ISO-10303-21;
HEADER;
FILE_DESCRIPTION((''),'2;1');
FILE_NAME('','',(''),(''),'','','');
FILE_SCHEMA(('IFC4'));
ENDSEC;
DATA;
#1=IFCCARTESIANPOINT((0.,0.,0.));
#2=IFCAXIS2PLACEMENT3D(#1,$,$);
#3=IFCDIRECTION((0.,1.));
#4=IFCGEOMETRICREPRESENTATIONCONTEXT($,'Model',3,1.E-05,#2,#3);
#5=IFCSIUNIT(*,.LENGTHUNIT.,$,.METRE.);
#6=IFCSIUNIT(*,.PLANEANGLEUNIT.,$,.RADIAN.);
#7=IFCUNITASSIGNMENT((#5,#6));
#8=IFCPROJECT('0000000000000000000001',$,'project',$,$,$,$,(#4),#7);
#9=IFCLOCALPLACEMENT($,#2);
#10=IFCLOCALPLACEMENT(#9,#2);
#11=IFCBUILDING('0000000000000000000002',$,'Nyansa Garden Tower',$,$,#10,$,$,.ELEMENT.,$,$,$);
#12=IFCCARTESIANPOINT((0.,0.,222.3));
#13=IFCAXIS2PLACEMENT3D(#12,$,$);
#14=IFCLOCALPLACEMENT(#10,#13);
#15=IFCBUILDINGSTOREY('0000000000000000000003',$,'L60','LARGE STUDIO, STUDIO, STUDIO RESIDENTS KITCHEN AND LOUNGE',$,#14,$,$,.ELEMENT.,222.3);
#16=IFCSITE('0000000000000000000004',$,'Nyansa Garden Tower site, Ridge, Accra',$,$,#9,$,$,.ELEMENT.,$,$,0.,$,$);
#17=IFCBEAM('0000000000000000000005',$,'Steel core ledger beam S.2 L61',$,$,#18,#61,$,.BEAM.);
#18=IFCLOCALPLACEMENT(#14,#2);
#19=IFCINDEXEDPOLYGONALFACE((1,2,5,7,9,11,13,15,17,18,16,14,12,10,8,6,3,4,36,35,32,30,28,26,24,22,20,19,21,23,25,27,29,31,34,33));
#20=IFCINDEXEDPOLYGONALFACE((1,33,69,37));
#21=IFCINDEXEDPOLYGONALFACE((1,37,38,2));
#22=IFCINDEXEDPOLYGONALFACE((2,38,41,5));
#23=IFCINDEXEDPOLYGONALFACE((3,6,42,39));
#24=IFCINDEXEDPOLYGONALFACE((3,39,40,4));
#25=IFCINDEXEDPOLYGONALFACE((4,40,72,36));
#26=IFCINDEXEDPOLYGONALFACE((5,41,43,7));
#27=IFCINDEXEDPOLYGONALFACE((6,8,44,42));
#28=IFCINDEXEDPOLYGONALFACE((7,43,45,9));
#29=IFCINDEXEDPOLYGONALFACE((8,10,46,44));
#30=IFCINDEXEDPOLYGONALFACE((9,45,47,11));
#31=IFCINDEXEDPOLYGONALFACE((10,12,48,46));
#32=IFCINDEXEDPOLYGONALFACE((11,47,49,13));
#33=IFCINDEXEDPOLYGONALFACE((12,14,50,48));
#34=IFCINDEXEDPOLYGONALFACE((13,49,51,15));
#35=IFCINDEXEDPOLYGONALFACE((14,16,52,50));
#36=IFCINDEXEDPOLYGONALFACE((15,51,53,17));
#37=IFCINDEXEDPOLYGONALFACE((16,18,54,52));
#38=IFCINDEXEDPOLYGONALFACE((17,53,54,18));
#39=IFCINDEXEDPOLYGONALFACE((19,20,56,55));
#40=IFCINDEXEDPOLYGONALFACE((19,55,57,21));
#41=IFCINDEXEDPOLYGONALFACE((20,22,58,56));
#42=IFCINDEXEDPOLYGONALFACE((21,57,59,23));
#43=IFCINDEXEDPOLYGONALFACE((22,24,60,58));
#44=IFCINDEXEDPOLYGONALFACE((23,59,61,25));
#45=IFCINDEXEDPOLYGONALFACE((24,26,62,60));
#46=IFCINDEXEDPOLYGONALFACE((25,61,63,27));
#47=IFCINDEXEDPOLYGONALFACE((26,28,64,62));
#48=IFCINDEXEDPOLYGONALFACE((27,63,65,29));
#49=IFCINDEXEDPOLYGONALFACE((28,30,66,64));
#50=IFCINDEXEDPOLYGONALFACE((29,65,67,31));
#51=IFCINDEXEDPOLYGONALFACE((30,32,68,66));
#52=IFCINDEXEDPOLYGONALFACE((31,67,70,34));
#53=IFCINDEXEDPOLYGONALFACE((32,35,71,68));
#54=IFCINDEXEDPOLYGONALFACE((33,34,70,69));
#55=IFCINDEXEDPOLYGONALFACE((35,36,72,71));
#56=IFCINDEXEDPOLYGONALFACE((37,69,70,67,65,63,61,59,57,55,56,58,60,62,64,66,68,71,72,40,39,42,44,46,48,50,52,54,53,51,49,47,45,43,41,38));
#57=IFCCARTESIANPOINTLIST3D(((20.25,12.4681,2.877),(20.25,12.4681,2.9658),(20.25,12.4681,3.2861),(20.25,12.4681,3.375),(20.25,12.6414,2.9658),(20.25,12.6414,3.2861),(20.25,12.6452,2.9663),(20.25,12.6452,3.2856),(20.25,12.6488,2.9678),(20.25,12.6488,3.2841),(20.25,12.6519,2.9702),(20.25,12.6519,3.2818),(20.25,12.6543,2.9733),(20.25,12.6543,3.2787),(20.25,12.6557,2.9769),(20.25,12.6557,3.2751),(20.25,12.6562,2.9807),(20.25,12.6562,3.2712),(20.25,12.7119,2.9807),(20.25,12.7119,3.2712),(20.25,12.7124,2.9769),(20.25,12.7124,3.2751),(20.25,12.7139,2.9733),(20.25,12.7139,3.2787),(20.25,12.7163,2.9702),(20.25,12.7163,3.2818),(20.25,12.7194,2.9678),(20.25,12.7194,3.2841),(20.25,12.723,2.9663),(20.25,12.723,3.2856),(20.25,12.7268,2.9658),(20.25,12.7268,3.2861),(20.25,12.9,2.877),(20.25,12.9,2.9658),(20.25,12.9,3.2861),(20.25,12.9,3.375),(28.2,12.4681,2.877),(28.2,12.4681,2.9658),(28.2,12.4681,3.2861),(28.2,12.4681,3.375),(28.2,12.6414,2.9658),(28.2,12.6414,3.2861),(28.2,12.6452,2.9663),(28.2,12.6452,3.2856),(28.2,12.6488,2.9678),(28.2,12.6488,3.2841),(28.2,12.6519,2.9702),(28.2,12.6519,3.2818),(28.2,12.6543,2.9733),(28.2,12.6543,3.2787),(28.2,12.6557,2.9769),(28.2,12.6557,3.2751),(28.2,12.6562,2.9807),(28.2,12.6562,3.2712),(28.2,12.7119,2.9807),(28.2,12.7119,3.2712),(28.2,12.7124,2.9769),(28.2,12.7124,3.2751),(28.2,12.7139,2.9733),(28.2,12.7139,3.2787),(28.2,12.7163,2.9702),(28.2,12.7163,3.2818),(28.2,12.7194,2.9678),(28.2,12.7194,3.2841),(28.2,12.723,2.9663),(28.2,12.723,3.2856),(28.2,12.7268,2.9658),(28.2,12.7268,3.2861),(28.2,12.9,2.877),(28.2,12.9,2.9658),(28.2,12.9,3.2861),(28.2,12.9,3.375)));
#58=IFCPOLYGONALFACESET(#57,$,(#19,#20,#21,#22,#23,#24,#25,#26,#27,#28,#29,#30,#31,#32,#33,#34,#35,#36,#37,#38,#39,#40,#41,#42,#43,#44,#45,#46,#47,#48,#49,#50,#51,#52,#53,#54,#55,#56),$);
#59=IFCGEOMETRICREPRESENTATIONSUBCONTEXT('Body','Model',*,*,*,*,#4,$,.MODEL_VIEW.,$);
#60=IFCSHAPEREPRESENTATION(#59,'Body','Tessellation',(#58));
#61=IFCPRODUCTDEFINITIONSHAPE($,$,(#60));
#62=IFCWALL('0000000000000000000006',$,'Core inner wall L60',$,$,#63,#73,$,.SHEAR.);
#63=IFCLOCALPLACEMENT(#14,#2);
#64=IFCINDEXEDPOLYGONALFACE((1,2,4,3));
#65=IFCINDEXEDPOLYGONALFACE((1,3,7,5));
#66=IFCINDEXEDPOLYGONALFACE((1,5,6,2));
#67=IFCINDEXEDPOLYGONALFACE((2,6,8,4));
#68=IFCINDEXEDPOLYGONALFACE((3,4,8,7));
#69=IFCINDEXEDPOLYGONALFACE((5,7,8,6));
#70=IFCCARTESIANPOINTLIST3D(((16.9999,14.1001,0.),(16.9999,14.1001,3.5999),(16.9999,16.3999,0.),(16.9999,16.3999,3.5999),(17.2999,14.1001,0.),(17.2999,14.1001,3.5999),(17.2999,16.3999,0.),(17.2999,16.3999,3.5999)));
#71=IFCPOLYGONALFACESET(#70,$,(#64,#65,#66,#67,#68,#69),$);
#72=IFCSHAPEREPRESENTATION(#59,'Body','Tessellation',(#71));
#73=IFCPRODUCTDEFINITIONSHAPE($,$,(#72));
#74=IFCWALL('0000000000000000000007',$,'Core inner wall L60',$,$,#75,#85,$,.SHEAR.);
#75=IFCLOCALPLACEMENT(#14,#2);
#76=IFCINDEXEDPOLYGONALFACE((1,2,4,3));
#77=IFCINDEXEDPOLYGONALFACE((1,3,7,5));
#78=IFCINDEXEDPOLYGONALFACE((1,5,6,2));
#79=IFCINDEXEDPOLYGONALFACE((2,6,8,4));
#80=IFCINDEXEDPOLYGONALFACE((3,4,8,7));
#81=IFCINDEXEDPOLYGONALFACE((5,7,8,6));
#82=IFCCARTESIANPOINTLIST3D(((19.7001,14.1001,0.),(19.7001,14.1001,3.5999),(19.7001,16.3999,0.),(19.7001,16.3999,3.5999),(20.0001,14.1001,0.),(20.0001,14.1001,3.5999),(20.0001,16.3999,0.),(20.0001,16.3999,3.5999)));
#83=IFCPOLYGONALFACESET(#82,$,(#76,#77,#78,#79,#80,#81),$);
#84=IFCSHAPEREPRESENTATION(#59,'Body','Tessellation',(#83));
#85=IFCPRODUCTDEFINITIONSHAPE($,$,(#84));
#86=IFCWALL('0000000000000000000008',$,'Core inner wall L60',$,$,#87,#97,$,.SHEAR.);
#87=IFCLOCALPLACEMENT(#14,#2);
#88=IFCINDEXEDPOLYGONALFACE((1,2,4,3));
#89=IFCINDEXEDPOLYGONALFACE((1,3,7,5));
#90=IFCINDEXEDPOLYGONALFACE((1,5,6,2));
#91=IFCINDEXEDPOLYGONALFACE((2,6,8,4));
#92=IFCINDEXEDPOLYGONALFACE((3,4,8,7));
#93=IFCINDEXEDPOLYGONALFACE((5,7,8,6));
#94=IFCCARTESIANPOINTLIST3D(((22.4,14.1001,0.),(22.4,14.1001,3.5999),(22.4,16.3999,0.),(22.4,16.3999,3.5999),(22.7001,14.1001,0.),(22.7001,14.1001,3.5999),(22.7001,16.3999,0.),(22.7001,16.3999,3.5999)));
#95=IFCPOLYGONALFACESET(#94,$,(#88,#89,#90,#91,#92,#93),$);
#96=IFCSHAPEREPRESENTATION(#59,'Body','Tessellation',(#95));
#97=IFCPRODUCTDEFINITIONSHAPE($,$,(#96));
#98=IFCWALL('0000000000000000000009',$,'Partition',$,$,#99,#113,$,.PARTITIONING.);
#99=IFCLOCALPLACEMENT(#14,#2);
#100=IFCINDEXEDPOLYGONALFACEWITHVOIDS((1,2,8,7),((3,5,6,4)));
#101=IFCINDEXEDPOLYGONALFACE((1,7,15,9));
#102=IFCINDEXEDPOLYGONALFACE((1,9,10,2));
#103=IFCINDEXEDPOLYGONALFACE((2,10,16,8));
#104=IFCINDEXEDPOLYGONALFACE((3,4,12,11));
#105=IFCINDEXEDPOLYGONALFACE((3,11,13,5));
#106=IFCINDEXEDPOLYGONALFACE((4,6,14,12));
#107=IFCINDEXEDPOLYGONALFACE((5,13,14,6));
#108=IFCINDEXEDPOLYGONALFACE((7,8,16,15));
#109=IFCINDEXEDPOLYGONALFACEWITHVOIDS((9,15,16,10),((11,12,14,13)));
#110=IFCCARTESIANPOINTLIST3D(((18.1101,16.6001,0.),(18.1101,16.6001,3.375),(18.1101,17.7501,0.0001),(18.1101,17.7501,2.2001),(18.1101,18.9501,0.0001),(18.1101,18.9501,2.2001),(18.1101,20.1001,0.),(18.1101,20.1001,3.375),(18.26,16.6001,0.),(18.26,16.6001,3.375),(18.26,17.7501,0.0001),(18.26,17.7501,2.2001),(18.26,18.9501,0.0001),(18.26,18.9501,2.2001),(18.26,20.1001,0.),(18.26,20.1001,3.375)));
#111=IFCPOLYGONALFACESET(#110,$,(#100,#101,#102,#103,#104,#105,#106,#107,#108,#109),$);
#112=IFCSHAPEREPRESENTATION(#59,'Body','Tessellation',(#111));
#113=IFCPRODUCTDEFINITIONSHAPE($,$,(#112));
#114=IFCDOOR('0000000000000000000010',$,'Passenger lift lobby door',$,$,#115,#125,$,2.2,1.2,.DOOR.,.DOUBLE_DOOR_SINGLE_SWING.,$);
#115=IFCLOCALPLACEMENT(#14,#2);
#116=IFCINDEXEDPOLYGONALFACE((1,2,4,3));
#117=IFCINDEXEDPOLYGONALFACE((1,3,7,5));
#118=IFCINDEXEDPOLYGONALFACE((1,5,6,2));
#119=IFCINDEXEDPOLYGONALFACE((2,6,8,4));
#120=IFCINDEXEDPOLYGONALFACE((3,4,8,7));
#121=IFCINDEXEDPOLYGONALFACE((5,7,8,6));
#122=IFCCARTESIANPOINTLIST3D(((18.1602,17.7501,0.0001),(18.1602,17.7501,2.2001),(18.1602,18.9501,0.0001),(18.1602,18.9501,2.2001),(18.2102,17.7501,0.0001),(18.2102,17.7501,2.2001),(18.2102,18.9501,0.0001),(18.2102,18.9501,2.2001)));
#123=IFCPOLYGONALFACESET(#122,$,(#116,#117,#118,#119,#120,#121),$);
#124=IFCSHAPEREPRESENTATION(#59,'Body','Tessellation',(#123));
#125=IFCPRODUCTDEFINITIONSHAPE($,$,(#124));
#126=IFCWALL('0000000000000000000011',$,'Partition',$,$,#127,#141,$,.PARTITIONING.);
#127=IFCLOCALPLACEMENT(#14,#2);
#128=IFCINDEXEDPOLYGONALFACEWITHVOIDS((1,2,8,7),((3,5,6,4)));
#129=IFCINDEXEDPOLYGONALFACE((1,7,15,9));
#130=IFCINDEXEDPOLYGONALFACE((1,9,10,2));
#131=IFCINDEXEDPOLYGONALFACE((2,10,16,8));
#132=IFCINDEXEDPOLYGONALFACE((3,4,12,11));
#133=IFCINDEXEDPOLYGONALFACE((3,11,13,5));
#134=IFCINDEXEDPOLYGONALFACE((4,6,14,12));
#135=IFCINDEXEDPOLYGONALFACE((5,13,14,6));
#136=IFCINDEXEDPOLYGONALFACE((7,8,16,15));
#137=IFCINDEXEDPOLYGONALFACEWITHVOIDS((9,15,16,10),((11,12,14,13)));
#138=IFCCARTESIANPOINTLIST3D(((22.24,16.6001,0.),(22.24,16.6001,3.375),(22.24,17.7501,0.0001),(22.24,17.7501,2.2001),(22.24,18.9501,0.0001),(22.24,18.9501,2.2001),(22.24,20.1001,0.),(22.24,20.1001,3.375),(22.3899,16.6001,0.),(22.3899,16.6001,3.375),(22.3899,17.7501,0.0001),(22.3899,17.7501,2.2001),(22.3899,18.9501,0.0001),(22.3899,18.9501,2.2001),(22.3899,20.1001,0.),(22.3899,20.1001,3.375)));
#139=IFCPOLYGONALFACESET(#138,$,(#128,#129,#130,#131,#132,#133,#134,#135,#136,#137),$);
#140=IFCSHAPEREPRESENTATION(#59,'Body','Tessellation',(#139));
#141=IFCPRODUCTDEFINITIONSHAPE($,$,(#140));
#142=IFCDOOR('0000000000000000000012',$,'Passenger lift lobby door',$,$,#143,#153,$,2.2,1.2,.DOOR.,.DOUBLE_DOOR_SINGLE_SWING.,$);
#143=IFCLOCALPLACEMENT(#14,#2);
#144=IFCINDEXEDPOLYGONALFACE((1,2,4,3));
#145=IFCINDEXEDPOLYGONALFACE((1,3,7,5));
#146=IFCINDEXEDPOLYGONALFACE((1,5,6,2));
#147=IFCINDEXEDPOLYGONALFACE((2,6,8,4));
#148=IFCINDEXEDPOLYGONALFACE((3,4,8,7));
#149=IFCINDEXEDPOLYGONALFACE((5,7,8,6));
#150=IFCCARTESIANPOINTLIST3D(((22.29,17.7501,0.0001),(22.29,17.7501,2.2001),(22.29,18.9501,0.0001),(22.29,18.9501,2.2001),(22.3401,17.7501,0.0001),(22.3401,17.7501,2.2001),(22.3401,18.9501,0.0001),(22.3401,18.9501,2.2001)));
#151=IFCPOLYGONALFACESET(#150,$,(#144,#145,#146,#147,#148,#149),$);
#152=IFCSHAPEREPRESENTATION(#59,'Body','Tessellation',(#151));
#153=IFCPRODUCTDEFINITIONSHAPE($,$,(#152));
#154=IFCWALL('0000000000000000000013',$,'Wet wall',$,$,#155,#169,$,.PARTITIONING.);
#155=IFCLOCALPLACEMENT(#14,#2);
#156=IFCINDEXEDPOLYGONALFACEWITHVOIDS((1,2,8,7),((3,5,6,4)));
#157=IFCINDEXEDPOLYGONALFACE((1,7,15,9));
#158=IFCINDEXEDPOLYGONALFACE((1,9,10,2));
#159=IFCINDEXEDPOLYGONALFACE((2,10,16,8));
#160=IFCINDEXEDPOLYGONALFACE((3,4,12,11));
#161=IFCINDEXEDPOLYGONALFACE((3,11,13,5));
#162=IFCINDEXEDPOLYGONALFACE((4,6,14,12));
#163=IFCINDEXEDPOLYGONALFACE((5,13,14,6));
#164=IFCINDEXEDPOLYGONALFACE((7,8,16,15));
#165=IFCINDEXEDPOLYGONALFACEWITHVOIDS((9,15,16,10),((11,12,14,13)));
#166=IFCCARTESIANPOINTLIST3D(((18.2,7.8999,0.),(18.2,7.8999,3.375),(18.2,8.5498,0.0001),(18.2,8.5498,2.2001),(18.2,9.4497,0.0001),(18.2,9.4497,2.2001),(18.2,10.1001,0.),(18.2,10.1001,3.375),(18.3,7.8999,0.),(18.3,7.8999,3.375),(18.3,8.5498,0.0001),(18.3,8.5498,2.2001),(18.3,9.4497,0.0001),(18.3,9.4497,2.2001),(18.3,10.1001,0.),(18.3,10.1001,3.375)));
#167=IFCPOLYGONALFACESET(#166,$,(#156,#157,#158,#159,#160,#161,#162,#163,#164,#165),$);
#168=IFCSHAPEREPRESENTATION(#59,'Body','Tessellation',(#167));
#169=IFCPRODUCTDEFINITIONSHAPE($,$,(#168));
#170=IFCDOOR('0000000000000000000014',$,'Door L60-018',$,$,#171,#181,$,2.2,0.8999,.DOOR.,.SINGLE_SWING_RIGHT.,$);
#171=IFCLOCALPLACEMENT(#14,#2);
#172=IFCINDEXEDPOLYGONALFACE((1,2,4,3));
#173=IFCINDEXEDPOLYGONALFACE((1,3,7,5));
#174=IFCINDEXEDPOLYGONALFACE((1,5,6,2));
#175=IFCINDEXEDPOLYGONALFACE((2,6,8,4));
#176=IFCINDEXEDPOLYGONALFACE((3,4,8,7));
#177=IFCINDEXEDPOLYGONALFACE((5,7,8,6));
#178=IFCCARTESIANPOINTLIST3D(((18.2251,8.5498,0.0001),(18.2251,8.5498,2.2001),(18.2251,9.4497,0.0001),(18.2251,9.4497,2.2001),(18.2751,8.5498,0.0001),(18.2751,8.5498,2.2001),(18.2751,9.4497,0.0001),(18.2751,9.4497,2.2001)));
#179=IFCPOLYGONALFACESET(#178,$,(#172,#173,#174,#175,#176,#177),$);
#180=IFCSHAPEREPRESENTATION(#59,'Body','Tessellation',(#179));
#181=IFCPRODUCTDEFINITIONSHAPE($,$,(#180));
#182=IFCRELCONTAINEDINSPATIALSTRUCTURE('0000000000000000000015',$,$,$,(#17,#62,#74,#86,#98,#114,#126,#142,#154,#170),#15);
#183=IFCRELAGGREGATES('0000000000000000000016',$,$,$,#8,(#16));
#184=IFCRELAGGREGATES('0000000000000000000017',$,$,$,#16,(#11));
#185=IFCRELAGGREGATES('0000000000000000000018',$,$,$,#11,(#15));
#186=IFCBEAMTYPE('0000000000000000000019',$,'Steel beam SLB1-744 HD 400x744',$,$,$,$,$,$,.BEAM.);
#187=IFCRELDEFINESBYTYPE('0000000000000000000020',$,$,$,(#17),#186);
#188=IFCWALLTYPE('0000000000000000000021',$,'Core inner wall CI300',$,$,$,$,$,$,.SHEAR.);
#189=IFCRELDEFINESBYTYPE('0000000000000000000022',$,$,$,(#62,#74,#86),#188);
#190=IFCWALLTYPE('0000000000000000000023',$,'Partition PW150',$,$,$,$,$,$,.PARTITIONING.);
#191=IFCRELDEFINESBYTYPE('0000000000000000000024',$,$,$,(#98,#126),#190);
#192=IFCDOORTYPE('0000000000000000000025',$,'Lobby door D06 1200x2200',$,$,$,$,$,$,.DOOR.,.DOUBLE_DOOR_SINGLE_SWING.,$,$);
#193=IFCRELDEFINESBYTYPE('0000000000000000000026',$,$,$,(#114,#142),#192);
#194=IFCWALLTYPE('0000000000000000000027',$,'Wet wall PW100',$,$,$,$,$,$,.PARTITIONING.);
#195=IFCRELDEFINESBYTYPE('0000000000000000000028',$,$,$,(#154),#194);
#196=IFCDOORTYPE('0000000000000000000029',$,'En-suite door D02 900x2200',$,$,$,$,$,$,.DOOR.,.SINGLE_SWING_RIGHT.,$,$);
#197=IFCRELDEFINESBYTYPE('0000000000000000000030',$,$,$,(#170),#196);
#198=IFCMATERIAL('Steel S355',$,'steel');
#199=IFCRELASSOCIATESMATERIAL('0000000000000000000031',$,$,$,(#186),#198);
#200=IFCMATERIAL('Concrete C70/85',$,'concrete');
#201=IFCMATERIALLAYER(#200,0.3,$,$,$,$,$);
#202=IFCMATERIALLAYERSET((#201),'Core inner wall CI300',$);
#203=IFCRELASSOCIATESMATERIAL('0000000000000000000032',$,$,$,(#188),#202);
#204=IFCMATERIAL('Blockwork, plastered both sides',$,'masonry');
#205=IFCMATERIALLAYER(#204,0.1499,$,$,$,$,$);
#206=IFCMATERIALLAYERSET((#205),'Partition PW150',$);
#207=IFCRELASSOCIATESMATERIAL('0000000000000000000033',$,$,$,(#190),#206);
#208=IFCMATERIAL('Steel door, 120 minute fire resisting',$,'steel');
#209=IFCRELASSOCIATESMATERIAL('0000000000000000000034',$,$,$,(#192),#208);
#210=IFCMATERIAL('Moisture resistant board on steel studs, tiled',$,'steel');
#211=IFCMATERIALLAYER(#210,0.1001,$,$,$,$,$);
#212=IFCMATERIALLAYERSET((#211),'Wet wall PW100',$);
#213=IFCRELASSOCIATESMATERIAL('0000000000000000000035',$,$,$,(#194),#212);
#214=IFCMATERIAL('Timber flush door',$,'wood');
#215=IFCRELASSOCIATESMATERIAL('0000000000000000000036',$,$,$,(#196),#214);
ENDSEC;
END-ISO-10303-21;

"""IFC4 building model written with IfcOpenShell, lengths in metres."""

from ifc_helpers import new_model, si_unit, direction, frame, frame_2d, origin, origin_2d, place, context, subcontext, project, spatial, rectangle, i_section, extrude, material, layer, layer_set, material_profile, profile_set, type_object, element, fill, save


model = new_model("IFC4")

# Units and contexts
model_context = context("Model", 3, precision=1e-05, world=origin(), true_north=direction((0.0, 1.0)))
body_context = subcontext(model_context, "Body", "Model", "MODEL_VIEW")
ifc_project = project(units=[si_unit("LENGTHUNIT", "METRE"), si_unit("PLANEANGLEUNIT", "RADIAN")], contexts=[model_context])

# Site, building, storey
site_placement = place(None, origin())
site = spatial("IfcSite", under=ifc_project, at=site_placement, Name="Nyansa Garden Tower site, Ridge, Accra", CompositionType="ELEMENT", RefElevation=0.0)
building_placement = place(site_placement, origin())
building = spatial("IfcBuilding", under=site, at=building_placement, Name="Nyansa Garden Tower", CompositionType="ELEMENT")
storey_placement = place(building_placement, frame((0.0, 0.0, 222.3)))
storey = spatial("IfcBuildingStorey", under=building, at=storey_placement, Name="L60", Description="LARGE STUDIO, STUDIO, STUDIO RESIDENTS KITCHEN AND LOUNGE", CompositionType="ELEMENT", Elevation=222.3)

# Beam
ifc_material_1 = material(Name="Steel S355", Category="steel")
ifc_material_profile_1 = material_profile(ifc_material_1, i_section(OverallWidth=0.4319, OverallDepth=0.498, WebThickness=0.0557, FlangeThickness=0.0889, FilletRadius=0.0149, at=origin_2d()), Name="HD 400x744")
ifc_profile_set_1 = profile_set([ifc_material_profile_1], Name="Steel S355")
beam_type_1 = type_object("IfcBeamType", Name="Steel beam SLB1-744 HD 400x744", PredefinedType="BEAM", material=ifc_profile_set_1)
beam_1_placement = place(storey_placement, frame((20.25, 12.6841, 3.126), z_axis=(1.0, 0.0, 0.0), x_axis=(0.0, 1.0, 0.0)))
element("IfcBeam", 1, at=beam_1_placement, inside=storey, type_object=beam_type_1, Name="Steel core ledger beam S.2 L61", PredefinedType="BEAM", context=body_context, shape_type="SweptSolid", body=[
    extrude(i_section(OverallWidth=0.4319, OverallDepth=0.498, WebThickness=0.0557, FlangeThickness=0.0889, FilletRadius=0.0149, at=origin_2d()), origin(), (0.0, 0.0, 1.0), 7.95),
])

# Walls
ifc_material_2 = material(Name="Concrete C70/85", Category="concrete")
ifc_layer_1 = layer(ifc_material_2, 0.3)
ifc_layer_set_1 = layer_set([ifc_layer_1], Name="Core inner wall CI300")
wall_type_1 = type_object("IfcWallType", Name="Core inner wall CI300", PredefinedType="SHEAR", material=ifc_layer_set_1)
for number, where, z_axis, x_axis, name in (
    (2, (17.1499, 14.1001, 0.0), (0.0, 0.0, 1.0), (0.0, 1.0, 0.0), "Core inner wall L60"),
    (3, (19.8501, 14.1001, 0.0), (0.0, 0.0, 1.0), (0.0, 1.0, 0.0), "Core inner wall L60"),
    (4, (22.55, 14.1001, 0.0), (0.0, 0.0, 1.0), (0.0, 1.0, 0.0), "Core inner wall L60"),
):
    element("IfcWall", number, at=place(storey_placement, frame(where, z_axis=z_axis, x_axis=x_axis)), inside=storey, type_object=wall_type_1, Name=name, PredefinedType="SHEAR", context=body_context, shape_type="SweptSolid", body=[
        extrude(rectangle(XDim=2.2998, YDim=0.3, at=frame_2d((1.1499, 0.0))), origin(), (0.0, 0.0, 1.0), 3.5999),
    ])

# Walls, openings, doors
ifc_material_3 = material(Name="Blockwork, plastered both sides", Category="masonry")
ifc_layer_2 = layer(ifc_material_3, 0.1499)
ifc_layer_set_2 = layer_set([ifc_layer_2], Name="Partition PW150")
wall_type_2 = type_object("IfcWallType", Name="Partition PW150", PredefinedType="PARTITIONING", material=ifc_layer_set_2)
wall_1_placement = place(storey_placement, frame((18.1851, 16.6001, 0.0), z_axis=(0.0, 0.0, 1.0), x_axis=(0.0, 1.0, 0.0)))
wall_1 = element("IfcWall", 5, at=wall_1_placement, inside=storey, type_object=wall_type_2, Name="Partition", PredefinedType="PARTITIONING", context=body_context, shape_type="SweptSolid", body=[
    extrude(rectangle(XDim=3.5, YDim=0.1499, at=frame_2d((1.75, 0.0))), origin(), (0.0, 0.0, 1.0), 3.375),
])
opening_1_placement = place(wall_1_placement, frame((1.1499, 0.0, 0.0)))
opening_1 = element("IfcOpeningElement", 6, at=opening_1_placement, cuts=wall_1, PredefinedType="OPENING", context=body_context, shape_type="SweptSolid", body=[
    extrude(rectangle(XDim=1.2, YDim=2.2, at=frame_2d((0.6001, 1.1001))), frame((0.0, 0.085, 0.0), z_axis=(0.0, -1.0, 0.0), x_axis=(1.0, 0.0, 0.0)), (0.0, 0.0, 1.0), 0.1699),
])
ifc_material_4 = material(Name="Steel door, 120 minute fire resisting", Category="steel")
door_type_1 = type_object("IfcDoorType", Name="Lobby door D06 1200x2200", OperationType="DOUBLE_DOOR_SINGLE_SWING", PredefinedType="DOOR", material=ifc_material_4)
door_1_placement = place(opening_1_placement, origin())
door_1 = element("IfcDoor", 7, at=door_1_placement, inside=storey, type_object=door_type_1, Name="Passenger lift lobby door", OperationType="DOUBLE_DOOR_SINGLE_SWING", OverallHeight=2.2, OverallWidth=1.2, PredefinedType="DOOR", context=body_context, shape_type="SweptSolid", body=[
    extrude(rectangle(XDim=1.2, YDim=2.2, at=frame_2d((0.6001, 1.1001))), frame((0.0, 0.0249, 0.0), z_axis=(0.0, -1.0, 0.0), x_axis=(1.0, 0.0, 0.0)), (0.0, 0.0, 1.0), 0.05),
])
fill(opening_1, door_1)
wall_2_placement = place(storey_placement, frame((22.3149, 16.6001, 0.0), z_axis=(0.0, 0.0, 1.0), x_axis=(0.0, 1.0, 0.0)))
wall_2 = element("IfcWall", 8, at=wall_2_placement, inside=storey, type_object=wall_type_2, Name="Partition", PredefinedType="PARTITIONING", context=body_context, shape_type="SweptSolid", body=[
    extrude(rectangle(XDim=3.5, YDim=0.1499, at=frame_2d((1.75, 0.0))), origin(), (0.0, 0.0, 1.0), 3.375),
])
opening_2_placement = place(wall_2_placement, frame((1.1499, 0.0, 0.0)))
opening_2 = element("IfcOpeningElement", 9, at=opening_2_placement, cuts=wall_2, PredefinedType="OPENING", context=body_context, shape_type="SweptSolid", body=[
    extrude(rectangle(XDim=1.2, YDim=2.2, at=frame_2d((0.6001, 1.1001))), frame((0.0, 0.085, 0.0), z_axis=(0.0, -1.0, 0.0), x_axis=(1.0, 0.0, 0.0)), (0.0, 0.0, 1.0), 0.1699),
])
door_2_placement = place(opening_2_placement, origin())
door_2 = element("IfcDoor", 10, at=door_2_placement, inside=storey, type_object=door_type_1, Name="Passenger lift lobby door", OperationType="DOUBLE_DOOR_SINGLE_SWING", OverallHeight=2.2, OverallWidth=1.2, PredefinedType="DOOR", context=body_context, shape_type="SweptSolid", body=[
    extrude(rectangle(XDim=1.2, YDim=2.2, at=frame_2d((0.6001, 1.1001))), frame((0.0, 0.0249, 0.0), z_axis=(0.0, -1.0, 0.0), x_axis=(1.0, 0.0, 0.0)), (0.0, 0.0, 1.0), 0.05),
])
fill(opening_2, door_2)
ifc_material_5 = material(Name="Moisture resistant board on steel studs, tiled", Category="steel")
ifc_layer_3 = layer(ifc_material_5, 0.1001)
ifc_layer_set_3 = layer_set([ifc_layer_3], Name="Wet wall PW100")
wall_type_3 = type_object("IfcWallType", Name="Wet wall PW100", PredefinedType="PARTITIONING", material=ifc_layer_set_3)
wall_3_placement = place(storey_placement, frame((18.25, 7.8999, 0.0), z_axis=(0.0, 0.0, 1.0), x_axis=(0.0, 1.0, 0.0)))
wall_3 = element("IfcWall", 11, at=wall_3_placement, inside=storey, type_object=wall_type_3, Name="Wet wall", PredefinedType="PARTITIONING", context=body_context, shape_type="SweptSolid", body=[
    extrude(rectangle(XDim=2.2002, YDim=0.1001, at=frame_2d((1.1001, 0.0))), origin(), (0.0, 0.0, 1.0), 3.375),
])
opening_3_placement = place(wall_3_placement, frame((0.6499, 0.0, 0.0)))
opening_3 = element("IfcOpeningElement", 12, at=opening_3_placement, cuts=wall_3, PredefinedType="OPENING", context=body_context, shape_type="SweptSolid", body=[
    extrude(rectangle(XDim=0.8999, YDim=2.2, at=frame_2d((0.45, 1.1001))), frame((0.0, 0.0601, 0.0), z_axis=(0.0, -1.0, 0.0), x_axis=(1.0, 0.0, 0.0)), (0.0, 0.0, 1.0), 0.1201),
])
ifc_material_6 = material(Name="Timber flush door", Category="wood")
door_type_2 = type_object("IfcDoorType", Name="En-suite door D02 900x2200", OperationType="SINGLE_SWING_RIGHT", PredefinedType="DOOR", material=ifc_material_6)
door_3_placement = place(opening_3_placement, origin())
door_3 = element("IfcDoor", 13, at=door_3_placement, inside=storey, type_object=door_type_2, Name="Door L60-018", OperationType="SINGLE_SWING_RIGHT", OverallHeight=2.2, OverallWidth=0.8999, PredefinedType="DOOR", context=body_context, shape_type="SweptSolid", body=[
    extrude(rectangle(XDim=0.8999, YDim=2.2, at=frame_2d((0.45, 1.1001))), frame((0.0, 0.0249, 0.0), z_axis=(0.0, -1.0, 0.0), x_axis=(1.0, 0.0, 0.0)), (0.0, 0.0, 1.0), 0.05),
])
fill(opening_3, door_3)

save(model, "model.ifc")
